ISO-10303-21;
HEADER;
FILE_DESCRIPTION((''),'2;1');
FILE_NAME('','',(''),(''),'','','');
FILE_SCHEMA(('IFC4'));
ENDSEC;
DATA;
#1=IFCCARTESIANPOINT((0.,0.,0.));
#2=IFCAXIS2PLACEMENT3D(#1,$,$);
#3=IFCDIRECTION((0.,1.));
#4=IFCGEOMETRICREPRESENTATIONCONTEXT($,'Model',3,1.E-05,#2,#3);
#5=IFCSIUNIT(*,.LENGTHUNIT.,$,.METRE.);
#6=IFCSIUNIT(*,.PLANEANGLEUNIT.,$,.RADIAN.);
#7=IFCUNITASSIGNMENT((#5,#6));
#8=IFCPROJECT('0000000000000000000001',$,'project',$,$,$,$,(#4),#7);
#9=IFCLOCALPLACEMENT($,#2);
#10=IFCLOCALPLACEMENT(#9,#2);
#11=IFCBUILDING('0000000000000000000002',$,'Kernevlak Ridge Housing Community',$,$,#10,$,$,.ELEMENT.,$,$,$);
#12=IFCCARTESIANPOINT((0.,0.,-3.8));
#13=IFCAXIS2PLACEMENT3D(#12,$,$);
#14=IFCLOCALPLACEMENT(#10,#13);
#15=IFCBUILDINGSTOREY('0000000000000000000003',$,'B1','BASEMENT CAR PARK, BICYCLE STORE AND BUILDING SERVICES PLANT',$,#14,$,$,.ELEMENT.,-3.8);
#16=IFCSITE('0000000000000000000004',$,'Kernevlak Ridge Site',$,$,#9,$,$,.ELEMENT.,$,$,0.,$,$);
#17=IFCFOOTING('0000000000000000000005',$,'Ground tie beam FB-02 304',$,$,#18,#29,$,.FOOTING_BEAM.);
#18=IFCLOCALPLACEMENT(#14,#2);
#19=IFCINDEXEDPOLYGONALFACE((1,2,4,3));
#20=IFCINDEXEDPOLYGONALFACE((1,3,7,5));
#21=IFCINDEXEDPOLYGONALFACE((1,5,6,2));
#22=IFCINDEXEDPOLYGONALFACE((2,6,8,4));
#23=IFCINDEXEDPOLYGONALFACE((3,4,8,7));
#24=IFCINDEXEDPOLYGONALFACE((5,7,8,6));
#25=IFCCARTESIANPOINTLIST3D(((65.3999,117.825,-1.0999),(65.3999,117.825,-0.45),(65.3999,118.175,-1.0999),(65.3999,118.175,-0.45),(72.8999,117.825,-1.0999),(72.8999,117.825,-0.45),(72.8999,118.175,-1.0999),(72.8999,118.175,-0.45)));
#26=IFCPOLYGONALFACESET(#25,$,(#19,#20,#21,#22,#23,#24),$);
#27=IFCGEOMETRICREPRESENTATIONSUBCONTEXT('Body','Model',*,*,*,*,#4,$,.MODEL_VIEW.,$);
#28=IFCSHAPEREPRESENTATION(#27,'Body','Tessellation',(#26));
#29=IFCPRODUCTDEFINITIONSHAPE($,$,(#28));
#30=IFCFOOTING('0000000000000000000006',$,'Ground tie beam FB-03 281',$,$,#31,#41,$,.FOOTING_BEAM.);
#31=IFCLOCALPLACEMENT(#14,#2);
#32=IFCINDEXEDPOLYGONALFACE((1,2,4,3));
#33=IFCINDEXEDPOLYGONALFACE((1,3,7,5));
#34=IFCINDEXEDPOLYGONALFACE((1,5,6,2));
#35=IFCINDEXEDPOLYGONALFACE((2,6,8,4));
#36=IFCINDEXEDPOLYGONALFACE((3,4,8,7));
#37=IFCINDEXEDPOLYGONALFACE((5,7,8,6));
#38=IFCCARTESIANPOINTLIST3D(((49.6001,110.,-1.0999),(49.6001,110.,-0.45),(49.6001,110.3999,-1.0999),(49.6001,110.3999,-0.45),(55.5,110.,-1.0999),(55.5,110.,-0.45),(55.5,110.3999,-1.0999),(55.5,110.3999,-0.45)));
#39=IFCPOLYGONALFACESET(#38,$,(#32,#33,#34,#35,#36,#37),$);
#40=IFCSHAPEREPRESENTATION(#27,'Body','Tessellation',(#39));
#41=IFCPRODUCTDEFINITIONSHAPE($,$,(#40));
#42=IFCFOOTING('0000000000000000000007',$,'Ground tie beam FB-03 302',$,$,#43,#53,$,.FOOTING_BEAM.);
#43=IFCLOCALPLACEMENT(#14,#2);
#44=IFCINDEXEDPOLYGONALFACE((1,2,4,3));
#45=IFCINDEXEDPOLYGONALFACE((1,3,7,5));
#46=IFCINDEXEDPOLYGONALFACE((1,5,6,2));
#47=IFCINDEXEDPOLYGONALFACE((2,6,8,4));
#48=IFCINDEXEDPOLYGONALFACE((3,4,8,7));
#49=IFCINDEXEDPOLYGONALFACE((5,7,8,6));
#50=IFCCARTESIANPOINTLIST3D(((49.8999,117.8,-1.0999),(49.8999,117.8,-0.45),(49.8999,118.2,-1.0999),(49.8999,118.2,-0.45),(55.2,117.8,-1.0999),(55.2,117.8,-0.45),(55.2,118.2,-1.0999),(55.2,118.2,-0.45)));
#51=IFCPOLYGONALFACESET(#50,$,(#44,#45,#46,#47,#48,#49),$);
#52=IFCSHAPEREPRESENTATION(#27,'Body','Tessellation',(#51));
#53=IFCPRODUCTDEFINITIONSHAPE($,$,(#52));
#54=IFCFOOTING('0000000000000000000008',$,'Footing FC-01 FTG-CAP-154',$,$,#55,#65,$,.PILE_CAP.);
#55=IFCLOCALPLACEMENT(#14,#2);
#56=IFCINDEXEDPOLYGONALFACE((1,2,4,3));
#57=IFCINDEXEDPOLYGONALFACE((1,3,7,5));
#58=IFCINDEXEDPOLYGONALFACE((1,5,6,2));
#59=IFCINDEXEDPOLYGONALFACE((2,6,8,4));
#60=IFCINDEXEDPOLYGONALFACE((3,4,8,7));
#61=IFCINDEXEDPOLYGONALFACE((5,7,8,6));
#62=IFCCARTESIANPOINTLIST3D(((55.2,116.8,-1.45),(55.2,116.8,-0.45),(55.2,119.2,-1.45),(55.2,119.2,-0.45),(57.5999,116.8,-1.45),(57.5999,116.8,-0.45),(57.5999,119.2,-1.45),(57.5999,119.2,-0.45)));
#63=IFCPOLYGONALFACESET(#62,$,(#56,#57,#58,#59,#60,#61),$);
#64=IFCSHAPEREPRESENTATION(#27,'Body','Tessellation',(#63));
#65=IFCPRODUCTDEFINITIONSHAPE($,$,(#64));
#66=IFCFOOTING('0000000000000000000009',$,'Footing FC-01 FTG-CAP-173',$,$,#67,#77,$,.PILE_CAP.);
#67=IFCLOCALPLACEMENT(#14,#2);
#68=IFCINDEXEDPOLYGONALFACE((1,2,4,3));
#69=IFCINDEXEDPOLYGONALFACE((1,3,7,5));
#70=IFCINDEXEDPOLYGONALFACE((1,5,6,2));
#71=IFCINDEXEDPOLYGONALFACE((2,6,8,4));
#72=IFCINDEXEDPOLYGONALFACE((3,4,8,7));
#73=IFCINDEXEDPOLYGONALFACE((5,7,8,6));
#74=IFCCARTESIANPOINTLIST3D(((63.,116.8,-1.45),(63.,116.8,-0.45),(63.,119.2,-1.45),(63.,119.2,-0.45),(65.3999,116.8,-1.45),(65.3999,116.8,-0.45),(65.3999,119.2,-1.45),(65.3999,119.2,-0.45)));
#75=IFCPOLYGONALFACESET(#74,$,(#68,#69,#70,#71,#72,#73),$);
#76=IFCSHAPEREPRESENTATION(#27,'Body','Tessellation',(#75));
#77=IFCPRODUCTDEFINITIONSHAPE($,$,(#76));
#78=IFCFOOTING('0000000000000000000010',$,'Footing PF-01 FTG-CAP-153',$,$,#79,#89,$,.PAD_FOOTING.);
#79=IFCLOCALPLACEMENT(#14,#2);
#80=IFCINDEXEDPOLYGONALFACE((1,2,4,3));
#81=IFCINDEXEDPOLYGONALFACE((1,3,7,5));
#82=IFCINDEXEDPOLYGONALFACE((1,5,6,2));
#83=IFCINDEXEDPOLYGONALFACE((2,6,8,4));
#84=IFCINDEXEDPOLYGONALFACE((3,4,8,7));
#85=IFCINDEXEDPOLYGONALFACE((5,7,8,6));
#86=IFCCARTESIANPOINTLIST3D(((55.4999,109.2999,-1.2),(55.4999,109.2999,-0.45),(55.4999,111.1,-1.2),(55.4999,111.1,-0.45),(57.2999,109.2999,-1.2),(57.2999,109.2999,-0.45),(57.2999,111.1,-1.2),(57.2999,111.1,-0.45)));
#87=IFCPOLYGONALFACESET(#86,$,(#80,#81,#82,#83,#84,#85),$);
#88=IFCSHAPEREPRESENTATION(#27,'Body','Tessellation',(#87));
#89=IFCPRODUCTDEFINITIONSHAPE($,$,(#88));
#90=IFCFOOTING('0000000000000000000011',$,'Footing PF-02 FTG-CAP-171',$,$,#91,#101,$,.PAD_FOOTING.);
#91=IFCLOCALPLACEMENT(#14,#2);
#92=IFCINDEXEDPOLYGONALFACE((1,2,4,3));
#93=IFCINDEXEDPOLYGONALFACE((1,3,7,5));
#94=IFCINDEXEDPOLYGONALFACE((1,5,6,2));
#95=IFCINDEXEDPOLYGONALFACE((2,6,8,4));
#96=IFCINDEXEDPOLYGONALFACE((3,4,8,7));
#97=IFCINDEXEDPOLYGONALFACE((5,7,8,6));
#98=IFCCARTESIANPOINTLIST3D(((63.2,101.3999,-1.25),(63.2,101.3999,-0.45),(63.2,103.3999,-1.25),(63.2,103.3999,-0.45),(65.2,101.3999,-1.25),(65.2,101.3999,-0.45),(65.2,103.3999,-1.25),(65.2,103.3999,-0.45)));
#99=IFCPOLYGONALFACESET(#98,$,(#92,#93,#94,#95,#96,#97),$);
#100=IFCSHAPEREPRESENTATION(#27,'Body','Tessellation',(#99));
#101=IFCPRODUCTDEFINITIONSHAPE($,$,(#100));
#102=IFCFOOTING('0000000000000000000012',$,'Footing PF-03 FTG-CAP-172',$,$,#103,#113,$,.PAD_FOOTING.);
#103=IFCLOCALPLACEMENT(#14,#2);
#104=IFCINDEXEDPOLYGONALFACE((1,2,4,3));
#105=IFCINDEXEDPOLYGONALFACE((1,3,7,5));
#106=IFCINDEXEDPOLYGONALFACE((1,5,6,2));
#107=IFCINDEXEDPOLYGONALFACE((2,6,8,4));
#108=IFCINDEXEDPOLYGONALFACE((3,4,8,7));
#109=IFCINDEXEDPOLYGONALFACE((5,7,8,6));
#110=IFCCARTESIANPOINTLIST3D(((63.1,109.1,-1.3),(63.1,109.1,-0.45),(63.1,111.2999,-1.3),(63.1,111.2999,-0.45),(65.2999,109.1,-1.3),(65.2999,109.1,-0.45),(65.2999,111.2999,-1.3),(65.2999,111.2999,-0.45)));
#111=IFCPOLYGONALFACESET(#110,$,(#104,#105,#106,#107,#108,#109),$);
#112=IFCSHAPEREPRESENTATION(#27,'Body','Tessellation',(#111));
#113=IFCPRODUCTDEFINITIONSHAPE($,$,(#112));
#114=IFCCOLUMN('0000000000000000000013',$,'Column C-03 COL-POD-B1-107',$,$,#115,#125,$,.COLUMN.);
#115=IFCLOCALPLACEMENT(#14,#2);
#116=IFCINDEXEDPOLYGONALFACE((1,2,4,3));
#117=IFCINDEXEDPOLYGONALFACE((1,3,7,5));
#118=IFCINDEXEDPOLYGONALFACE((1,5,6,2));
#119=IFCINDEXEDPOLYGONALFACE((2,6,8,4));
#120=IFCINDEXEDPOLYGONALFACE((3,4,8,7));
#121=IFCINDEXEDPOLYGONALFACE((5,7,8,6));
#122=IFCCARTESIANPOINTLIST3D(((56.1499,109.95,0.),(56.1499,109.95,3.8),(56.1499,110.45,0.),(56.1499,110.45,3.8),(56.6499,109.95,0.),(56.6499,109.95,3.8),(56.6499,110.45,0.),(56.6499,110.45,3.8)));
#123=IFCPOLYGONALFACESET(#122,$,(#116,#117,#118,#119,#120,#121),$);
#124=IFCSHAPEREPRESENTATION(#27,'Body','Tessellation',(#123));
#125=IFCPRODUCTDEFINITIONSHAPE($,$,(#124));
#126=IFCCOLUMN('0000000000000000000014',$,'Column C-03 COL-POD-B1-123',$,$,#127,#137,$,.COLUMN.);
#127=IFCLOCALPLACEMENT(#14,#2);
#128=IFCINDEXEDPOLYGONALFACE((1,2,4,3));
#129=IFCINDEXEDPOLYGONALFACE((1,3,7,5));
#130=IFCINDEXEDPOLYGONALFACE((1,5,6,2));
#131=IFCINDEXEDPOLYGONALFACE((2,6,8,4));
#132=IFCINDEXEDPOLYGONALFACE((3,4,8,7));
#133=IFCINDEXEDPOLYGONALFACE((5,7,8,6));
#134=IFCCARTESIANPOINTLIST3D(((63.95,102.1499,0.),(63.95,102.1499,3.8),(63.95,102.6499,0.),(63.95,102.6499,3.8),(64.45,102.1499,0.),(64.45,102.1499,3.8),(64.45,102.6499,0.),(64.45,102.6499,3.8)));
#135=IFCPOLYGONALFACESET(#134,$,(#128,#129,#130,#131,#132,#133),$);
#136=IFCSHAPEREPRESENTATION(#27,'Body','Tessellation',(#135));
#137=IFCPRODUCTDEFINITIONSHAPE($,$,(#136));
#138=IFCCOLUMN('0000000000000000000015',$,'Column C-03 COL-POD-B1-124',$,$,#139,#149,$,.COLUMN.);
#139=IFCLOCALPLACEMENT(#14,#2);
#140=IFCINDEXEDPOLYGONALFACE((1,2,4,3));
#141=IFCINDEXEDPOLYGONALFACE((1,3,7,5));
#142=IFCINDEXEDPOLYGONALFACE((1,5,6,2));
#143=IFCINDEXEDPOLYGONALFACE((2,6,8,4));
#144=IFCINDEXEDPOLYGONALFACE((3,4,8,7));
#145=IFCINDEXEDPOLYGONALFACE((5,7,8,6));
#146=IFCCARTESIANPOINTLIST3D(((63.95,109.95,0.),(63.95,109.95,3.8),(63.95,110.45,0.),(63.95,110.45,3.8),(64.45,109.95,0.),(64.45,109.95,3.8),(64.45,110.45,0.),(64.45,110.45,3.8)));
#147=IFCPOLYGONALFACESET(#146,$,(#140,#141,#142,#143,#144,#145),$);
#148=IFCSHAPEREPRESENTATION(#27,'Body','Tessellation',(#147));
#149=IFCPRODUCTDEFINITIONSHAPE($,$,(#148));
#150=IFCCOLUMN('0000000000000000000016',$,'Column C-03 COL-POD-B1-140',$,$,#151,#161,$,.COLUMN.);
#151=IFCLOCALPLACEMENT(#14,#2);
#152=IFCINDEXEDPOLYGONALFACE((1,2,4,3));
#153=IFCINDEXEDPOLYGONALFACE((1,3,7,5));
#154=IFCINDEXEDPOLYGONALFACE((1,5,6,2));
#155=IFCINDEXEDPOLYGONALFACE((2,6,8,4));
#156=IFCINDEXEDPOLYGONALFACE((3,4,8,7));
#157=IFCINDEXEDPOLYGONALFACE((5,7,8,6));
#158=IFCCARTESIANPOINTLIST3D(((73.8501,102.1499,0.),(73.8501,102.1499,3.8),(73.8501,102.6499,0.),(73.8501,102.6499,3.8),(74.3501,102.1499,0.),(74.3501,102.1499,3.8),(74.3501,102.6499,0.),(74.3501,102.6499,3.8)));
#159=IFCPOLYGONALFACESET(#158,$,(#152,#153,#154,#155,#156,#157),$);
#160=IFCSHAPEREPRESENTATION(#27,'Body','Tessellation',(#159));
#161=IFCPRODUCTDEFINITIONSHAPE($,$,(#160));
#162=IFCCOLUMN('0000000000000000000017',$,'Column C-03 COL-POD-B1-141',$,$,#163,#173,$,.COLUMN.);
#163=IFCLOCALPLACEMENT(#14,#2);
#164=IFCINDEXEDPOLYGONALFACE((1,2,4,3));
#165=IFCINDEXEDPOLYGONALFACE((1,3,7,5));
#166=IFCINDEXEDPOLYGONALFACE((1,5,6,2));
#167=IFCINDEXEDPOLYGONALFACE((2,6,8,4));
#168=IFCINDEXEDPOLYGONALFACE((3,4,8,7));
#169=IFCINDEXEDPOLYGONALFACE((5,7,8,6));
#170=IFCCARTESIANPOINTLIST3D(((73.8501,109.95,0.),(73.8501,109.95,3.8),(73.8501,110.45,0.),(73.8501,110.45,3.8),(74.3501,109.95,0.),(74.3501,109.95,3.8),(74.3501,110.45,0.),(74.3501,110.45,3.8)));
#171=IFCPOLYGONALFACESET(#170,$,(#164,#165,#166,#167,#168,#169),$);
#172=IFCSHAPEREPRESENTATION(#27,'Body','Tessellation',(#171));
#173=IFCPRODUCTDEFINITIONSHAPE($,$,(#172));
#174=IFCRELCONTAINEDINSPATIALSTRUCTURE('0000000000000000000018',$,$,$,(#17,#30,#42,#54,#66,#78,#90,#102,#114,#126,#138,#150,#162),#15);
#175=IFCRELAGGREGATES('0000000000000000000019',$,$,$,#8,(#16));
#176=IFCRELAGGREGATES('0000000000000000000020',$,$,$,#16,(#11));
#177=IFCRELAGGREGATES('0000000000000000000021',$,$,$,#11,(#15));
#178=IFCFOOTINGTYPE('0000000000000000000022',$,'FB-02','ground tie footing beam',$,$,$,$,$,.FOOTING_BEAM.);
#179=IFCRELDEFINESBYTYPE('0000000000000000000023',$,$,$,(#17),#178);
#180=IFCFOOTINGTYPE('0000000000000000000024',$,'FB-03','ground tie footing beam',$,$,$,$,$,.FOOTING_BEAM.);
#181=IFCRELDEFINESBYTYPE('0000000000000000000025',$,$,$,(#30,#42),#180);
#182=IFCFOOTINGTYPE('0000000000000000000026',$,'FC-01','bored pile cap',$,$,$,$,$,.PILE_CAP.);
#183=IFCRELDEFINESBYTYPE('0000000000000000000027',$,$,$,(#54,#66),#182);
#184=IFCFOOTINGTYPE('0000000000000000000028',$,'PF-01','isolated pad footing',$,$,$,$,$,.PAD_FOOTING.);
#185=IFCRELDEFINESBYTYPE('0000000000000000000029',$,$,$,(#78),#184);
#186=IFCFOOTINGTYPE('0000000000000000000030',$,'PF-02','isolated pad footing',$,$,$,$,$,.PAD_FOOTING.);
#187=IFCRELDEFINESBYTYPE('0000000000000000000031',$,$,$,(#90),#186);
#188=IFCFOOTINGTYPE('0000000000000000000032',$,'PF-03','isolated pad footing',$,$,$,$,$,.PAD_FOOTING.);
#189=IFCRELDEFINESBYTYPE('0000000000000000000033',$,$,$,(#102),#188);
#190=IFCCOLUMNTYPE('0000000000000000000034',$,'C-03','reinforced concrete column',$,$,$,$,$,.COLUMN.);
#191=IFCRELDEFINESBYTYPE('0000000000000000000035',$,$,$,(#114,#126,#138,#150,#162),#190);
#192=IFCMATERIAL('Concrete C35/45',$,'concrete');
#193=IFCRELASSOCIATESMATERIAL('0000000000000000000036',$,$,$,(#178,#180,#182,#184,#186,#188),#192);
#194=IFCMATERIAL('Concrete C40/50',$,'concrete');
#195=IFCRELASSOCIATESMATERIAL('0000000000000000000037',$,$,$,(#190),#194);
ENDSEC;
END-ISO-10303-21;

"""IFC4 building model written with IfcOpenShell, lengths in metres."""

from ifc_helpers import new_model, si_unit, direction, frame, origin, origin_2d, place, context, subcontext, project, spatial, rectangle, extrude, material, material_profile, profile_set, type_object, element, save


model = new_model("IFC4")

# Units and contexts
model_context = context("Model", 3, precision=1e-05, world=origin(), true_north=direction((0.0, 1.0)))
body_context = subcontext(model_context, "Body", "Model", "MODEL_VIEW")
ifc_project = project(units=[si_unit("LENGTHUNIT", "METRE"), si_unit("PLANEANGLEUNIT", "RADIAN")], contexts=[model_context])

# Site, building, storey
site_placement = place(None, origin())
site = spatial("IfcSite", under=ifc_project, at=site_placement, Name="Kernevlak Ridge Site", CompositionType="ELEMENT", RefElevation=0.0)
building_placement = place(site_placement, origin())
building = spatial("IfcBuilding", under=site, at=building_placement, Name="Kernevlak Ridge Housing Community", CompositionType="ELEMENT")
storey_placement = place(building_placement, frame((0.0, 0.0, -3.8)))
storey = spatial("IfcBuildingStorey", under=building, at=storey_placement, Name="B1", Description="BASEMENT CAR PARK, BICYCLE STORE AND BUILDING SERVICES PLANT", CompositionType="ELEMENT", Elevation=-3.8)

# Shared definitions
ifc_material_1 = material(Name="Concrete C35/45", Category="concrete")

# Footings
ifc_material_profile_1 = material_profile(ifc_material_1, rectangle(XDim=0.3501, YDim=0.6499, at=origin_2d()), Name="RC 350x650")
ifc_profile_set_1 = profile_set([ifc_material_profile_1], Name="Concrete C35/45")
footing_type_1 = type_object("IfcFootingType", Name="FB-02", Description="ground tie footing beam", PredefinedType="FOOTING_BEAM", material=ifc_profile_set_1)
footing_1_placement = place(storey_placement, frame((65.3999, 118.0, -0.7749), z_axis=(1.0, 0.0, 0.0), x_axis=(0.0, 1.0, 0.0)))
element("IfcFooting", 1, at=footing_1_placement, inside=storey, type_object=footing_type_1, Name="Ground tie beam FB-02 304", PredefinedType="FOOTING_BEAM", context=body_context, shape_type="SweptSolid", body=[
    extrude(rectangle(XDim=0.3501, YDim=0.6499, at=origin_2d()), origin(), (0.0, 0.0, 1.0), 7.5),
])
ifc_material_profile_2 = material_profile(ifc_material_1, rectangle(XDim=0.3999, YDim=0.6499, at=origin_2d()), Name="RC 400x650")
ifc_profile_set_2 = profile_set([ifc_material_profile_2], Name="Concrete C35/45")
footing_type_2 = type_object("IfcFootingType", Name="FB-03", Description="ground tie footing beam", PredefinedType="FOOTING_BEAM", material=ifc_profile_set_2)
footing_2_placement = place(storey_placement, frame((49.6001, 110.2, -0.7749), z_axis=(1.0, 0.0, 0.0), x_axis=(0.0, 1.0, 0.0)))
element("IfcFooting", 2, at=footing_2_placement, inside=storey, type_object=footing_type_2, Name="Ground tie beam FB-03 281", PredefinedType="FOOTING_BEAM", context=body_context, shape_type="SweptSolid", body=[
    extrude(rectangle(XDim=0.3999, YDim=0.6499, at=origin_2d()), origin(), (0.0, 0.0, 1.0), 5.8999),
])
footing_3_placement = place(storey_placement, frame((49.8999, 118.0, -0.7749), z_axis=(1.0, 0.0, 0.0), x_axis=(0.0, 1.0, 0.0)))
element("IfcFooting", 3, at=footing_3_placement, inside=storey, type_object=footing_type_2, Name="Ground tie beam FB-03 302", PredefinedType="FOOTING_BEAM", context=body_context, shape_type="SweptSolid", body=[
    extrude(rectangle(XDim=0.3999, YDim=0.6499, at=origin_2d()), origin(), (0.0, 0.0, 1.0), 5.3),
])
footing_type_3 = type_object("IfcFootingType", Name="FC-01", Description="bored pile cap", PredefinedType="PILE_CAP", material=ifc_material_1)
for number, where, z_axis, x_axis, name in (
    (4, (56.3999, 118.0, -1.45), (0.0, 0.0, 1.0), (1.0, 0.0, 0.0), "Footing FC-01 FTG-CAP-154"),
    (5, (64.2, 118.0, -1.45), (0.0, 0.0, 1.0), (1.0, 0.0, 0.0), "Footing FC-01 FTG-CAP-173"),
):
    element("IfcFooting", number, at=place(storey_placement, frame(where, z_axis=z_axis, x_axis=x_axis)), inside=storey, type_object=footing_type_3, Name=name, PredefinedType="PILE_CAP", context=body_context, shape_type="SweptSolid", body=[
        extrude(rectangle(XDim=2.3999, YDim=2.3999, at=origin_2d()), origin(), (0.0, 0.0, 1.0), 1.0),
    ])
footing_type_4 = type_object("IfcFootingType", Name="PF-01", Description="isolated pad footing", PredefinedType="PAD_FOOTING", material=ifc_material_1)
footing_4_placement = place(storey_placement, frame((56.3999, 110.2, -1.2), z_axis=(0.0, 0.0, 1.0), x_axis=(1.0, 0.0, 0.0)))
element("IfcFooting", 6, at=footing_4_placement, inside=storey, type_object=footing_type_4, Name="Footing PF-01 FTG-CAP-153", PredefinedType="PAD_FOOTING", context=body_context, shape_type="SweptSolid", body=[
    extrude(rectangle(XDim=1.8, YDim=1.8, at=origin_2d()), origin(), (0.0, 0.0, 1.0), 0.75),
])
footing_type_5 = type_object("IfcFootingType", Name="PF-02", Description="isolated pad footing", PredefinedType="PAD_FOOTING", material=ifc_material_1)
footing_5_placement = place(storey_placement, frame((64.2, 102.3999, -1.25), z_axis=(0.0, 0.0, 1.0), x_axis=(1.0, 0.0, 0.0)))
element("IfcFooting", 7, at=footing_5_placement, inside=storey, type_object=footing_type_5, Name="Footing PF-02 FTG-CAP-171", PredefinedType="PAD_FOOTING", context=body_context, shape_type="SweptSolid", body=[
    extrude(rectangle(XDim=2.0, YDim=2.0, at=origin_2d()), origin(), (0.0, 0.0, 1.0), 0.8),
])
footing_type_6 = type_object("IfcFootingType", Name="PF-03", Description="isolated pad footing", PredefinedType="PAD_FOOTING", material=ifc_material_1)
footing_6_placement = place(storey_placement, frame((64.2, 110.2, -1.3), z_axis=(0.0, 0.0, 1.0), x_axis=(1.0, 0.0, 0.0)))
element("IfcFooting", 8, at=footing_6_placement, inside=storey, type_object=footing_type_6, Name="Footing PF-03 FTG-CAP-172", PredefinedType="PAD_FOOTING", context=body_context, shape_type="SweptSolid", body=[
    extrude(rectangle(XDim=2.2, YDim=2.2, at=origin_2d()), origin(), (0.0, 0.0, 1.0), 0.8501),
])

# Columns
ifc_material_2 = material(Name="Concrete C40/50", Category="concrete")
ifc_material_profile_3 = material_profile(ifc_material_2, rectangle(XDim=0.5, YDim=0.5, at=origin_2d()), Name="RC 500x500")
ifc_profile_set_3 = profile_set([ifc_material_profile_3], Name="Concrete C40/50")
column_type_1 = type_object("IfcColumnType", Name="C-03", Description="reinforced concrete column", PredefinedType="COLUMN", material=ifc_profile_set_3)
for number, where, z_axis, x_axis, name in (
    (9, (56.3999, 110.2, 0.0), (0.0, 0.0, 1.0), (1.0, 0.0, 0.0), "Column C-03 COL-POD-B1-107"),
    (10, (64.2, 102.3999, 0.0), (0.0, 0.0, 1.0), (1.0, 0.0, 0.0), "Column C-03 COL-POD-B1-123"),
    (11, (64.2, 110.2, 0.0), (0.0, 0.0, 1.0), (1.0, 0.0, 0.0), "Column C-03 COL-POD-B1-124"),
    (12, (74.1001, 102.3999, 0.0), (0.0, 0.0, 1.0), (1.0, 0.0, 0.0), "Column C-03 COL-POD-B1-140"),
    (13, (74.1001, 110.2, 0.0), (0.0, 0.0, 1.0), (1.0, 0.0, 0.0), "Column C-03 COL-POD-B1-141"),
):
    element("IfcColumn", number, at=place(storey_placement, frame(where, z_axis=z_axis, x_axis=x_axis)), inside=storey, type_object=column_type_1, Name=name, PredefinedType="COLUMN", context=body_context, shape_type="SweptSolid", body=[
        extrude(rectangle(XDim=0.5, YDim=0.5, at=origin_2d()), origin(), (0.0, 0.0, 1.0), 3.8),
    ])

save(model, "model.ifc")
